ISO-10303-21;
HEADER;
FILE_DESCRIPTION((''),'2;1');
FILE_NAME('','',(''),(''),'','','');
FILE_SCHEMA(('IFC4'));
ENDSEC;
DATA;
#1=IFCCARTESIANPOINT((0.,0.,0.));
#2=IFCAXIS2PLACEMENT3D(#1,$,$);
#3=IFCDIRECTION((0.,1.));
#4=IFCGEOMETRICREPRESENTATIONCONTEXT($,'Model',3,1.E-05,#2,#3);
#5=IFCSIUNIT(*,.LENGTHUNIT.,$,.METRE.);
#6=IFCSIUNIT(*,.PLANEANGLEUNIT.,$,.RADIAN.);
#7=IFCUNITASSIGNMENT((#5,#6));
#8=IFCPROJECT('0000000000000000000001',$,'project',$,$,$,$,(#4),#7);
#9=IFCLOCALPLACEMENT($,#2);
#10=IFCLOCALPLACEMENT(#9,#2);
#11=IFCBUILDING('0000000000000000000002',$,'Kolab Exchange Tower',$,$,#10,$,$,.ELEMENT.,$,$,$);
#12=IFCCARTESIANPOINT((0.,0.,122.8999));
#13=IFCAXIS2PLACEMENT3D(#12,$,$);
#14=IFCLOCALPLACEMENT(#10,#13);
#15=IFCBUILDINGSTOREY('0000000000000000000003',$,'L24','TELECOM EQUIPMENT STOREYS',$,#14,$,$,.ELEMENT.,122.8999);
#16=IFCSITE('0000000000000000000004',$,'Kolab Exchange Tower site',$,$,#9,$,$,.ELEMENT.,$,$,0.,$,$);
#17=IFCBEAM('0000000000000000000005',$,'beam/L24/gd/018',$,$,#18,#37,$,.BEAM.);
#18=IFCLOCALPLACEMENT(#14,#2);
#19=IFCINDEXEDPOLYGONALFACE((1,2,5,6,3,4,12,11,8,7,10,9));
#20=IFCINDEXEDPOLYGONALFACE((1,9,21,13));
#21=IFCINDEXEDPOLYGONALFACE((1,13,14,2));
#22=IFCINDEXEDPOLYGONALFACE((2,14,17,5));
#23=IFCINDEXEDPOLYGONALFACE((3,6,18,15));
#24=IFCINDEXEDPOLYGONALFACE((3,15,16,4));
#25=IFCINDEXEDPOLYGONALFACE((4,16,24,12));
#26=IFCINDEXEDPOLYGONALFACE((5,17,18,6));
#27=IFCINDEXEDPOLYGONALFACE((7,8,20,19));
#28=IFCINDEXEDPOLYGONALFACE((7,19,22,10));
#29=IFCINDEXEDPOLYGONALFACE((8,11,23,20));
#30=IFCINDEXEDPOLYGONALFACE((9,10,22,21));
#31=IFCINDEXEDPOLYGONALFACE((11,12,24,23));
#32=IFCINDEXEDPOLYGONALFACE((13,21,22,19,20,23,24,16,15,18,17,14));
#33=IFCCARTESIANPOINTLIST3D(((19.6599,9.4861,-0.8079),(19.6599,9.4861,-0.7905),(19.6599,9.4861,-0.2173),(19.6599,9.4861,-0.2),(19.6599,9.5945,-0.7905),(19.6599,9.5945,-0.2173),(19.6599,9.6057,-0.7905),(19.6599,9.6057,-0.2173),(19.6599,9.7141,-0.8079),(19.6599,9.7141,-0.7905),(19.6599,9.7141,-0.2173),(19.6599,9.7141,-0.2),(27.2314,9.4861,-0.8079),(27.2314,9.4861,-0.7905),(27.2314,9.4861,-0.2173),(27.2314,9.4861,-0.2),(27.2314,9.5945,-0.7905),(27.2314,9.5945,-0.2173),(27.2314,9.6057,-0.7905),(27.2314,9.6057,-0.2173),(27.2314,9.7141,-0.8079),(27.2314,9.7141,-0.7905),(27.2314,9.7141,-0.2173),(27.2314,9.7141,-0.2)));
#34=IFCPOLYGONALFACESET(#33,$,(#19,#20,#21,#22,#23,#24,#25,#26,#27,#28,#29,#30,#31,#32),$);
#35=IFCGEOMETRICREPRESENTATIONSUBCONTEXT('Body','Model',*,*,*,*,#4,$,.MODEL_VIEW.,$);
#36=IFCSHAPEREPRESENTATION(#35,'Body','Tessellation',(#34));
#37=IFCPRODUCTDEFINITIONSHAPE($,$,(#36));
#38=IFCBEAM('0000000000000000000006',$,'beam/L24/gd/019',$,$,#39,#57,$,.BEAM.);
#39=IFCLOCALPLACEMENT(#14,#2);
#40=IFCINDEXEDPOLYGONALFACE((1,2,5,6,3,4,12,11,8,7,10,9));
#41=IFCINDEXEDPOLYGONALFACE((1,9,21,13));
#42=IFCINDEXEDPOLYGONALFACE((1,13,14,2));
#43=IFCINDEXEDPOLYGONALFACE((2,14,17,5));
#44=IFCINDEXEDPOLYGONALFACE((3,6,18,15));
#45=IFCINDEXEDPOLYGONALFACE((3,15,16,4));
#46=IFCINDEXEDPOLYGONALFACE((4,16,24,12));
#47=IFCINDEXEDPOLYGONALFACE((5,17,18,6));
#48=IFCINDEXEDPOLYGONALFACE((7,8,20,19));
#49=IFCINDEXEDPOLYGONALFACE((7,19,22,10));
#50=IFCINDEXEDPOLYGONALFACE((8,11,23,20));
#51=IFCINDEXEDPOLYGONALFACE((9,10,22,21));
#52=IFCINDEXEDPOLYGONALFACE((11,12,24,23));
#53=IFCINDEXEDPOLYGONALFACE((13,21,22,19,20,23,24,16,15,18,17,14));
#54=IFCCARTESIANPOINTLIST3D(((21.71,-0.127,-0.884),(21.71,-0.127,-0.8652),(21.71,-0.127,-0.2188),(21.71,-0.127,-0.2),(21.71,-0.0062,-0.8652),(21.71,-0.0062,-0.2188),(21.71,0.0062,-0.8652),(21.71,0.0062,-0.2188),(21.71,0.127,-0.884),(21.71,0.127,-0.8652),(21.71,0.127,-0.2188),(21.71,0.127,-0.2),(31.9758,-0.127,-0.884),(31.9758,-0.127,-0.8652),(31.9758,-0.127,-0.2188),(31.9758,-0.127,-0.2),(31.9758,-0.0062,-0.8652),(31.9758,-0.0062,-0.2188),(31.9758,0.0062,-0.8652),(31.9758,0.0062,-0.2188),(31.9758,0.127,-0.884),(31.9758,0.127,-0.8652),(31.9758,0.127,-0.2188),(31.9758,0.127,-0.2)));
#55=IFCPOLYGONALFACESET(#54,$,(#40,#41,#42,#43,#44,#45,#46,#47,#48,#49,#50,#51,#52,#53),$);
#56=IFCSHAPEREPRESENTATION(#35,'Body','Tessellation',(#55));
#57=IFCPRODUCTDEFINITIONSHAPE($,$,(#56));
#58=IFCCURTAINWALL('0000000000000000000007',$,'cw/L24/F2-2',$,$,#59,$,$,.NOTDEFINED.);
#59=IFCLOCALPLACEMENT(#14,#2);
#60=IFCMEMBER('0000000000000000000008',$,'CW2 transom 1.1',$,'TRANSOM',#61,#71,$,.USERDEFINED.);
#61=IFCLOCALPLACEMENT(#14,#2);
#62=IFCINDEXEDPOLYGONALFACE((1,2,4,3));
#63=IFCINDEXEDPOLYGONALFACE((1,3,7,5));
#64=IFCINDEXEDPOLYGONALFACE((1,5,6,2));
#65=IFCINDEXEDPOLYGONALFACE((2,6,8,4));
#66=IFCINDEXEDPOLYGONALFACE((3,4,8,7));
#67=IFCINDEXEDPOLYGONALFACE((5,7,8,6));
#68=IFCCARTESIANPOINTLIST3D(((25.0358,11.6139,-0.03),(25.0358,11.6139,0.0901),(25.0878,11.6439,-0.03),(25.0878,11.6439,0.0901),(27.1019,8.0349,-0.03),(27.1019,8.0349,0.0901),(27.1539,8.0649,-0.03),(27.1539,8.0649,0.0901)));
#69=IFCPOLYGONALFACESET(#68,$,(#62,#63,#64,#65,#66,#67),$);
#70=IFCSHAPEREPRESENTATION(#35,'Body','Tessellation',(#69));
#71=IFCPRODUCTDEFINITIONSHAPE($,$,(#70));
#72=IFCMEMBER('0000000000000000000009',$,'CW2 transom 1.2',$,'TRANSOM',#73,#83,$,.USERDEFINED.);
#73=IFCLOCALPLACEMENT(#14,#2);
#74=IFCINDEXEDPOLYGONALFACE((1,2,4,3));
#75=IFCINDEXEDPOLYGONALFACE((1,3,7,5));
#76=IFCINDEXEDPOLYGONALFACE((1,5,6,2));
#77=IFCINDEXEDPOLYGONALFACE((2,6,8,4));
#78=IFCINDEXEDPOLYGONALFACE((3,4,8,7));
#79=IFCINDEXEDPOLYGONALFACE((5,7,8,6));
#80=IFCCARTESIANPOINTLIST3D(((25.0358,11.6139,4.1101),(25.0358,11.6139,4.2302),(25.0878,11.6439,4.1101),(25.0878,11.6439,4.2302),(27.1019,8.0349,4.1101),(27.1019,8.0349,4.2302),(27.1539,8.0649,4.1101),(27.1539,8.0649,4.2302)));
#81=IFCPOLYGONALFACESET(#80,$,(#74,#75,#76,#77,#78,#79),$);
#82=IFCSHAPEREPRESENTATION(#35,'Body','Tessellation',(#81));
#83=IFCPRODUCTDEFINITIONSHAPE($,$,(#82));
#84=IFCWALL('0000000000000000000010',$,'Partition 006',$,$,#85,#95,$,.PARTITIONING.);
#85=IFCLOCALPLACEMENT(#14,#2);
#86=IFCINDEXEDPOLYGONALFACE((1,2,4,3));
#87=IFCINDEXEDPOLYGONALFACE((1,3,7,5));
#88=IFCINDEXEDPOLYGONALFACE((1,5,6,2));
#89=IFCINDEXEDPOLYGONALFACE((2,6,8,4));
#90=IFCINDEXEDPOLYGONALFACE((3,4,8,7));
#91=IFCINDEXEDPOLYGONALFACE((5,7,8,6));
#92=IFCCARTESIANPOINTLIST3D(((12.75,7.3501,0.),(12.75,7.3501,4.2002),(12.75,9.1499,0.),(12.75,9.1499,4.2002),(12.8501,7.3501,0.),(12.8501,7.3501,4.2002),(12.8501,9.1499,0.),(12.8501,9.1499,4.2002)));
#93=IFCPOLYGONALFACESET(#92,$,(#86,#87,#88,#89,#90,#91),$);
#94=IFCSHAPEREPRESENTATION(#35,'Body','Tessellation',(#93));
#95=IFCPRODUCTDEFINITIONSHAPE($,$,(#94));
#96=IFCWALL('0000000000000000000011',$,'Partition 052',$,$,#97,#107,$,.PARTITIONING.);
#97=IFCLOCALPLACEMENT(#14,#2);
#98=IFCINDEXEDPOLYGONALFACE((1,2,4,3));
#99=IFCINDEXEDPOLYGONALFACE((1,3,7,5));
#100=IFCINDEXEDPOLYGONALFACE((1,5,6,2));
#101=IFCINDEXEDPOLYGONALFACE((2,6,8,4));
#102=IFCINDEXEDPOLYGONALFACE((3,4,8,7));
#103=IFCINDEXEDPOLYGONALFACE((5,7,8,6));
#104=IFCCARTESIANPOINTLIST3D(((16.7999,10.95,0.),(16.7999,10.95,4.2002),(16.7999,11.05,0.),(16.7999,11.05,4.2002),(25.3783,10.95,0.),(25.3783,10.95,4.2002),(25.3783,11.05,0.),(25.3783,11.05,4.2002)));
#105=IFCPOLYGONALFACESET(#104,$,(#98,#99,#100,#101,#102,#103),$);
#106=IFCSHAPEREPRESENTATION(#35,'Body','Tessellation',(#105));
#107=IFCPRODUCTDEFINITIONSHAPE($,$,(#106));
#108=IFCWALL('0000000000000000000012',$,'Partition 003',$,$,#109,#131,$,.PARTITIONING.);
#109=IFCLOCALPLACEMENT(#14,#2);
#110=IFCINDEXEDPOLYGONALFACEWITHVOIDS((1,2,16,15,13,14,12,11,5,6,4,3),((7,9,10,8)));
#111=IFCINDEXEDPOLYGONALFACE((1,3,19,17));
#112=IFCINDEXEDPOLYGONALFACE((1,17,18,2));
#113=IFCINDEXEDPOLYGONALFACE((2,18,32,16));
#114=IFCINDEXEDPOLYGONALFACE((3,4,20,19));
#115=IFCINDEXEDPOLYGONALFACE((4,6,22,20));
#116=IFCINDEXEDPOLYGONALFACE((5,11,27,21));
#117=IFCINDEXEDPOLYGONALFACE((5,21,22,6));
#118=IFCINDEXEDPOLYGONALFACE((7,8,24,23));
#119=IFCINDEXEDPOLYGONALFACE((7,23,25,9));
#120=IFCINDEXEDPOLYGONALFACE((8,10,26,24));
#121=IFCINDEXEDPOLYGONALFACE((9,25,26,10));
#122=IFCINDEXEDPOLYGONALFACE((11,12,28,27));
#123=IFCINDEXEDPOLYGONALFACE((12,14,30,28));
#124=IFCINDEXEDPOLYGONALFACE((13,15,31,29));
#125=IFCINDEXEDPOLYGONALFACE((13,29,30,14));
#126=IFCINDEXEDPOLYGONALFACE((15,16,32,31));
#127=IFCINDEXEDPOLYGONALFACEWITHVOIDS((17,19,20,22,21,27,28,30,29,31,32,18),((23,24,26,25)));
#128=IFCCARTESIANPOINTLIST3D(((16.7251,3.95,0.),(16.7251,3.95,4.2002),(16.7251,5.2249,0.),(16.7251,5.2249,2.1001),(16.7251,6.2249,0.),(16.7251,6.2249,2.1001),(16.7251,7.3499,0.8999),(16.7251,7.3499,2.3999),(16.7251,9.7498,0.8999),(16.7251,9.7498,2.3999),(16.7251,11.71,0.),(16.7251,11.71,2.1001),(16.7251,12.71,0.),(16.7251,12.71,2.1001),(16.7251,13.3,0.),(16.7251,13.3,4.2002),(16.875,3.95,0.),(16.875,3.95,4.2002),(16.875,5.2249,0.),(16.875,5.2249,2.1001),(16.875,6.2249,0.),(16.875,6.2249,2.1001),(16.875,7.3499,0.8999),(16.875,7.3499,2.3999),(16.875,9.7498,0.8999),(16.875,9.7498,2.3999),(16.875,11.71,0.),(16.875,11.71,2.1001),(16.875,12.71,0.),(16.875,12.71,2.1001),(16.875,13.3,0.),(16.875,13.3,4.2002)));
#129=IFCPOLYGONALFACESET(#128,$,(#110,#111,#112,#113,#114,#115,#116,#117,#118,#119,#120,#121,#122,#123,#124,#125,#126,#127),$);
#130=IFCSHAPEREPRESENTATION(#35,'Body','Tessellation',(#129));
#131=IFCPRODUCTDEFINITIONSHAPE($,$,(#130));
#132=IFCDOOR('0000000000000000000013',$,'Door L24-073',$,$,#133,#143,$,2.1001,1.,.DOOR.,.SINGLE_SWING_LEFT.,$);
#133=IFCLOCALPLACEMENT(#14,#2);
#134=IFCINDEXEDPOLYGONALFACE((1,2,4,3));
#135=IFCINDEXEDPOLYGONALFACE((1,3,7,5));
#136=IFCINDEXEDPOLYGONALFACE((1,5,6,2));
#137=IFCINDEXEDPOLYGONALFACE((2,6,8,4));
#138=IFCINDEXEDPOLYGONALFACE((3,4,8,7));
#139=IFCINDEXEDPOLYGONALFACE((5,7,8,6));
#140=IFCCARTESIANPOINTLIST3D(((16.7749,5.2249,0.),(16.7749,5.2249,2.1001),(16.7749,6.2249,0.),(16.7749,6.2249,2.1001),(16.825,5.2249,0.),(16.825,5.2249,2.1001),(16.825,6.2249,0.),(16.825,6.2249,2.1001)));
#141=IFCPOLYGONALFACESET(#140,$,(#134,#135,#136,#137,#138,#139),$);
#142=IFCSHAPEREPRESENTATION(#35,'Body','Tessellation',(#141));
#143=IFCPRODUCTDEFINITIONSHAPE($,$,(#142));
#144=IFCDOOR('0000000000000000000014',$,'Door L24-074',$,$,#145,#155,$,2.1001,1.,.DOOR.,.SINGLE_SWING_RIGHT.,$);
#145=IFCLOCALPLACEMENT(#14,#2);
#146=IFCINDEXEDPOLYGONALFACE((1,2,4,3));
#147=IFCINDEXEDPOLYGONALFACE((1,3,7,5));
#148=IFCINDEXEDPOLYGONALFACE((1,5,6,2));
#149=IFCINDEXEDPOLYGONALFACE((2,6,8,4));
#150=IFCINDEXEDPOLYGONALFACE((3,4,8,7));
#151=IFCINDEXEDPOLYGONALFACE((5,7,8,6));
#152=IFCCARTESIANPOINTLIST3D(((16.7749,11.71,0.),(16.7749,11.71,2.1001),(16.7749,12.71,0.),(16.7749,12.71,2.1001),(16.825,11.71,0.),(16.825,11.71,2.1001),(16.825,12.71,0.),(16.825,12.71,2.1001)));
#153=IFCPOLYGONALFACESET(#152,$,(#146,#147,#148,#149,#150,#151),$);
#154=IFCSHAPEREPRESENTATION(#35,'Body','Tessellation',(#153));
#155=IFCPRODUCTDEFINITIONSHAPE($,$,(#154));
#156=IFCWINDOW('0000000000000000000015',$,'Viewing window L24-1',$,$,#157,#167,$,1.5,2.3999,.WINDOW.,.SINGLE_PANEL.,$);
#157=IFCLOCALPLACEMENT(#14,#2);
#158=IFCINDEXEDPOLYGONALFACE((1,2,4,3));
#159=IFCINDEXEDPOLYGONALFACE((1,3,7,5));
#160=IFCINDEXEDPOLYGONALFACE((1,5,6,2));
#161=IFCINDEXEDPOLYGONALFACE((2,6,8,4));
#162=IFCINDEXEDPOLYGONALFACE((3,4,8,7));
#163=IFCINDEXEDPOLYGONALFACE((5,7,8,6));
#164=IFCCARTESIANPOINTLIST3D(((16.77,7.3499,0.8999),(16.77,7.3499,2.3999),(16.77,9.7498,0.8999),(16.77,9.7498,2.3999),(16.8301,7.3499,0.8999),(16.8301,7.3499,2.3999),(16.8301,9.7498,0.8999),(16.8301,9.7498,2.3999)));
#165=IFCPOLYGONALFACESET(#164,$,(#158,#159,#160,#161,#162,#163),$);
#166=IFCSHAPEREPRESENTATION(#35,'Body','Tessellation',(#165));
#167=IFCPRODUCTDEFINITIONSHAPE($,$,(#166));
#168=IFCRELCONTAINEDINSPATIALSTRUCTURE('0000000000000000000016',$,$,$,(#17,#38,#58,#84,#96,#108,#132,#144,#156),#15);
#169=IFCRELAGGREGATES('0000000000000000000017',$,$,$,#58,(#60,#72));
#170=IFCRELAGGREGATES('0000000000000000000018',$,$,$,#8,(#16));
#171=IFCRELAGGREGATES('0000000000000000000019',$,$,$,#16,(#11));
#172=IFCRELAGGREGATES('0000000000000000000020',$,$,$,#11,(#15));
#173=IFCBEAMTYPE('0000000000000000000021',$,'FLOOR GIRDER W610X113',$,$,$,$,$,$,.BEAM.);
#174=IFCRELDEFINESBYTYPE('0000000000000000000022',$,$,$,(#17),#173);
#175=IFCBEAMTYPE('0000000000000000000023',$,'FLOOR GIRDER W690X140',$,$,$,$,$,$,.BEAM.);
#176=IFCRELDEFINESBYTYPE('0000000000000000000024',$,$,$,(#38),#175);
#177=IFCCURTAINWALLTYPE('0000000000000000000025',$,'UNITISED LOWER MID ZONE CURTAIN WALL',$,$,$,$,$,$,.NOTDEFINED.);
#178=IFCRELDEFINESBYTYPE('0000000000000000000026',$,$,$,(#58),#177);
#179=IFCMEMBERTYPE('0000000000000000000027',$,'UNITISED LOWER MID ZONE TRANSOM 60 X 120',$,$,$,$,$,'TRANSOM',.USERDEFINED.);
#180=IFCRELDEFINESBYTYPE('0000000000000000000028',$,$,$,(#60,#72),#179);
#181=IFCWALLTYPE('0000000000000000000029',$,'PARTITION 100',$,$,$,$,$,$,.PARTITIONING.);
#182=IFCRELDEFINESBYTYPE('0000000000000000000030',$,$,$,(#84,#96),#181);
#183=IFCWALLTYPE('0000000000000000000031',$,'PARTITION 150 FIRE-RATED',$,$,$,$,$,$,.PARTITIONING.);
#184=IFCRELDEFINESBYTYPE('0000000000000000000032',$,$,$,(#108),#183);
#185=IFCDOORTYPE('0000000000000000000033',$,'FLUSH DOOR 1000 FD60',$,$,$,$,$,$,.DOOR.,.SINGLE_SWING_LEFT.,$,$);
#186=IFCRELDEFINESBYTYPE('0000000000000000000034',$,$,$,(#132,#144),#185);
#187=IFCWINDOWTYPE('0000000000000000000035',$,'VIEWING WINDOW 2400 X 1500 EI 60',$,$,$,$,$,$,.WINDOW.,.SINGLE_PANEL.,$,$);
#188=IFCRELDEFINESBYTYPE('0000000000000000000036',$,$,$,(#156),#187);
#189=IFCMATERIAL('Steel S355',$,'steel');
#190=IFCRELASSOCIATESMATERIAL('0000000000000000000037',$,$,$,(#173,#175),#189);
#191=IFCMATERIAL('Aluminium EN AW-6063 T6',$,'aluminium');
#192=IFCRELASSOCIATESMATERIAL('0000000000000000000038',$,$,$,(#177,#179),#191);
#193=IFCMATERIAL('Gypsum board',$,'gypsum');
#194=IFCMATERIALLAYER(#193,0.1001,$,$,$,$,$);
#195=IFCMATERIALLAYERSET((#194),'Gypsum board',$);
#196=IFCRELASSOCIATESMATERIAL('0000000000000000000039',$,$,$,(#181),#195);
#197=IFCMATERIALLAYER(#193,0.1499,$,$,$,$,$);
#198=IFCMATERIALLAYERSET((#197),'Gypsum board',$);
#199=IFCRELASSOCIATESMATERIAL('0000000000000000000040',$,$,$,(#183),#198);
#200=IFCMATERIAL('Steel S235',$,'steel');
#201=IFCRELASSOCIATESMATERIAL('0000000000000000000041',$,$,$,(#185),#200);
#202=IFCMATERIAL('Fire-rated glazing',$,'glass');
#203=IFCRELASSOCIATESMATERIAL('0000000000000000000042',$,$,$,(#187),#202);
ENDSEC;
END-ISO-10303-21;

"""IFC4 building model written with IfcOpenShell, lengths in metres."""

from ifc_helpers import new_model, si_unit, direction, frame, frame_2d, origin, origin_2d, place, context, subcontext, project, spatial, rectangle, i_section, extrude, material, layer, layer_set, material_profile, profile_set, type_object, element, fill, aggregate, save


model = new_model("IFC4")

# Units and contexts
model_context = context("Model", 3, precision=1e-05, world=origin(), true_north=direction((0.0, 1.0)))
body_context = subcontext(model_context, "Body", "Model", "MODEL_VIEW")
ifc_project = project(units=[si_unit("LENGTHUNIT", "METRE"), si_unit("PLANEANGLEUNIT", "RADIAN")], contexts=[model_context])

# Site, building, storey
site_placement = place(None, origin())
site = spatial("IfcSite", under=ifc_project, at=site_placement, Name="Kolab Exchange Tower site", CompositionType="ELEMENT", RefElevation=0.0)
building_placement = place(site_placement, origin())
building = spatial("IfcBuilding", under=site, at=building_placement, Name="Kolab Exchange Tower", CompositionType="ELEMENT")
storey_placement = place(building_placement, frame((0.0, 0.0, 122.8999)))
storey = spatial("IfcBuildingStorey", under=building, at=storey_placement, Name="L24", Description="TELECOM EQUIPMENT STOREYS", CompositionType="ELEMENT", Elevation=122.8999)

# Beams
ifc_material_1 = material(Name="Steel S355", Category="steel")
ifc_material_profile_1 = material_profile(ifc_material_1, i_section(OverallWidth=0.228, OverallDepth=0.6079, WebThickness=0.0112, FlangeThickness=0.0173, at=origin_2d()), Name="W610X113")
ifc_profile_set_1 = profile_set([ifc_material_profile_1], Name="Steel S355")
beam_type_1 = type_object("IfcBeamType", Name="FLOOR GIRDER W610X113", PredefinedType="BEAM", material=ifc_profile_set_1)
beam_1_placement = place(storey_placement, frame((19.6599, 9.6001, -0.5039), z_axis=(1.0, 0.0, 0.0), x_axis=(0.0, 1.0, 0.0)))
element("IfcBeam", 1, at=beam_1_placement, inside=storey, type_object=beam_type_1, Name="beam/L24/gd/018", PredefinedType="BEAM", context=body_context, shape_type="SweptSolid", body=[
    extrude(i_section(OverallWidth=0.228, OverallDepth=0.6079, WebThickness=0.0112, FlangeThickness=0.0173, at=origin_2d()), origin(), (0.0, 0.0, 1.0), 7.5715),
])
ifc_material_profile_2 = material_profile(ifc_material_1, i_section(OverallWidth=0.2539, OverallDepth=0.6841, WebThickness=0.0125, FlangeThickness=0.0188, at=origin_2d()), Name="W690X140")
ifc_profile_set_2 = profile_set([ifc_material_profile_2], Name="Steel S355")
beam_type_2 = type_object("IfcBeamType", Name="FLOOR GIRDER W690X140", PredefinedType="BEAM", material=ifc_profile_set_2)
beam_2_placement = place(storey_placement, frame((21.71, 0.0, -0.542), z_axis=(1.0, 0.0, 0.0), x_axis=(0.0, 1.0, 0.0)))
element("IfcBeam", 2, at=beam_2_placement, inside=storey, type_object=beam_type_2, Name="beam/L24/gd/019", PredefinedType="BEAM", context=body_context, shape_type="SweptSolid", body=[
    extrude(i_section(OverallWidth=0.2539, OverallDepth=0.6841, WebThickness=0.0125, FlangeThickness=0.0188, at=origin_2d()), origin(), (0.0, 0.0, 1.0), 10.2659),
])

# Curtain wall, members
ifc_material_2 = material(Name="Aluminium EN AW-6063 T6", Category="aluminium")
curtain_wall_type = type_object("IfcCurtainWallType", Name="UNITISED LOWER MID ZONE CURTAIN WALL", PredefinedType="NOTDEFINED", material=ifc_material_2)
curtain_wall_placement = place(storey_placement, origin())
curtain_wall = element("IfcCurtainWall", 3, at=curtain_wall_placement, inside=storey, type_object=curtain_wall_type, Name="cw/L24/F2-2", PredefinedType="NOTDEFINED")
ifc_material_profile_3 = material_profile(ifc_material_2, rectangle(XDim=0.0601, YDim=0.1201, at=origin_2d()), Name="RECT 60X120")
ifc_profile_set_3 = profile_set([ifc_material_profile_3], Name="Aluminium EN AW-6063 T6")
member_type = type_object("IfcMemberType", Name="UNITISED LOWER MID ZONE TRANSOM 60 X 120", ElementType="TRANSOM", PredefinedType="USERDEFINED", material=ifc_profile_set_3)
member_1_placement = place(storey_placement, frame((25.0618, 11.6289, 0.03), z_axis=(0.499958, -0.86605, 0.0), x_axis=(0.86605, 0.499958, 0.0)))
member_1 = element("IfcMember", 4, at=member_1_placement, type_object=member_type, Name="CW2 transom 1.1", ObjectType="TRANSOM", PredefinedType="USERDEFINED", context=body_context, shape_type="SweptSolid", body=[
    extrude(rectangle(XDim=0.0601, YDim=0.1201, at=origin_2d()), origin(), (0.0, 0.0, 1.0), 4.1326),
])
member_2_placement = place(storey_placement, frame((25.0618, 11.6289, 4.1702), z_axis=(0.499958, -0.86605, 0.0), x_axis=(0.86605, 0.499958, 0.0)))
member_2 = element("IfcMember", 5, at=member_2_placement, type_object=member_type, Name="CW2 transom 1.2", ObjectType="TRANSOM", PredefinedType="USERDEFINED", context=body_context, shape_type="SweptSolid", body=[
    extrude(rectangle(XDim=0.0601, YDim=0.1201, at=origin_2d()), origin(), (0.0, 0.0, 1.0), 4.1326),
])
aggregate(curtain_wall, [member_1, member_2])

# Walls
ifc_material_3 = material(Name="Gypsum board", Category="gypsum")
ifc_layer_1 = layer(ifc_material_3, 0.1001)
ifc_layer_set_1 = layer_set([ifc_layer_1], Name="Gypsum board")
wall_type_1 = type_object("IfcWallType", Name="PARTITION 100", PredefinedType="PARTITIONING", material=ifc_layer_set_1)
wall_1_placement = place(storey_placement, frame((12.8, 7.3501, 0.0), z_axis=(0.0, 0.0, 1.0), x_axis=(0.0, 1.0, 0.0)))
element("IfcWall", 6, at=wall_1_placement, inside=storey, type_object=wall_type_1, Name="Partition 006", PredefinedType="PARTITIONING", context=body_context, shape_type="SweptSolid", body=[
    extrude(rectangle(XDim=1.7998, YDim=0.1001, at=frame_2d((0.8999, 0.0))), origin(), (0.0, 0.0, 1.0), 4.2002),
])
wall_2_placement = place(storey_placement, frame((16.8, 11.0, 0.0), z_axis=(0.0, 0.0, 1.0), x_axis=(1.0, 0.0, 0.0)))
element("IfcWall", 7, at=wall_2_placement, inside=storey, type_object=wall_type_1, Name="Partition 052", PredefinedType="PARTITIONING", context=body_context, shape_type="SweptSolid", body=[
    extrude(rectangle(XDim=8.5784, YDim=0.1001, at=frame_2d((4.2891, 0.0))), origin(), (0.0, 0.0, 1.0), 4.2002),
])

# Wall, openings, doors, window
ifc_layer_2 = layer(ifc_material_3, 0.1499)
ifc_layer_set_2 = layer_set([ifc_layer_2], Name="Gypsum board")
wall_type_2 = type_object("IfcWallType", Name="PARTITION 150 FIRE-RATED", PredefinedType="PARTITIONING", material=ifc_layer_set_2)
wall_3_placement = place(storey_placement, frame((16.8, 3.95, 0.0), z_axis=(0.0, 0.0, 1.0), x_axis=(0.0, 1.0, 0.0)))
wall_3 = element("IfcWall", 8, at=wall_3_placement, inside=storey, type_object=wall_type_2, Name="Partition 003", PredefinedType="PARTITIONING", context=body_context, shape_type="SweptSolid", body=[
    extrude(rectangle(XDim=9.3501, YDim=0.1499, at=frame_2d((4.675, 0.0))), origin(), (0.0, 0.0, 1.0), 4.2002),
])
opening_1_placement = place(wall_3_placement, frame((1.2749, 0.0, 0.0)))
opening_1 = element("IfcOpeningElement", 9, at=opening_1_placement, cuts=wall_3, PredefinedType="OPENING", context=body_context, shape_type="SweptSolid", body=[
    extrude(rectangle(XDim=1.0, YDim=2.1001, at=frame_2d((0.5, 1.05))), frame((0.0, 0.085, 0.0), z_axis=(0.0, -1.0, 0.0), x_axis=(1.0, 0.0, 0.0)), (0.0, 0.0, 1.0), 0.1699),
])
opening_2_placement = place(wall_3_placement, frame((7.76, 0.0, 0.0)))
opening_2 = element("IfcOpeningElement", 10, at=opening_2_placement, cuts=wall_3, PredefinedType="OPENING", context=body_context, shape_type="SweptSolid", body=[
    extrude(rectangle(XDim=1.0, YDim=2.1001, at=frame_2d((0.5, 1.05))), frame((0.0, 0.085, 0.0), z_axis=(0.0, -1.0, 0.0), x_axis=(1.0, 0.0, 0.0)), (0.0, 0.0, 1.0), 0.1699),
])
opening_3_placement = place(wall_3_placement, frame((3.3999, 0.0, 0.8999)))
opening_3 = element("IfcOpeningElement", 11, at=opening_3_placement, cuts=wall_3, PredefinedType="OPENING", context=body_context, shape_type="SweptSolid", body=[
    extrude(rectangle(XDim=2.3999, YDim=1.5, at=frame_2d((1.2, 0.75))), frame((0.0, 0.085, 0.0), z_axis=(0.0, -1.0, 0.0), x_axis=(1.0, 0.0, 0.0)), (0.0, 0.0, 1.0), 0.1699),
])
ifc_material_4 = material(Name="Steel S235", Category="steel")
door_type = type_object("IfcDoorType", Name="FLUSH DOOR 1000 FD60", OperationType="SINGLE_SWING_LEFT", PredefinedType="DOOR", material=ifc_material_4)
door_1_placement = place(opening_1_placement, frame((1.0, 0.0, 0.0), z_axis=(0.0, 0.0, 1.0), x_axis=(-1.0, 0.0, 0.0)))
door_1 = element("IfcDoor", 12, at=door_1_placement, inside=storey, type_object=door_type, Name="Door L24-073", OperationType="SINGLE_SWING_LEFT", OverallHeight=2.1001, OverallWidth=1.0, PredefinedType="DOOR", context=body_context, shape_type="SweptSolid", body=[
    extrude(rectangle(XDim=1.0, YDim=2.1001, at=frame_2d((0.5, 1.05))), frame((0.0, 0.0249, 0.0), z_axis=(0.0, -1.0, 0.0), x_axis=(1.0, 0.0, 0.0)), (0.0, 0.0, 1.0), 0.05),
])
fill(opening_1, door_1)
door_2_placement = place(opening_2_placement, frame((1.0, 0.0, 0.0), z_axis=(0.0, 0.0, 1.0), x_axis=(-1.0, 0.0, 0.0)))
door_2 = element("IfcDoor", 13, at=door_2_placement, inside=storey, type_object=door_type, Name="Door L24-074", OperationType="SINGLE_SWING_RIGHT", OverallHeight=2.1001, OverallWidth=1.0, PredefinedType="DOOR", context=body_context, shape_type="SweptSolid", body=[
    extrude(rectangle(XDim=1.0, YDim=2.1001, at=frame_2d((0.5, 1.05))), frame((0.0, 0.0249, 0.0), z_axis=(0.0, -1.0, 0.0), x_axis=(1.0, 0.0, 0.0)), (0.0, 0.0, 1.0), 0.05),
])
fill(opening_2, door_2)
ifc_material_5 = material(Name="Fire-rated glazing", Category="glass")
window_type = type_object("IfcWindowType", Name="VIEWING WINDOW 2400 X 1500 EI 60", PartitioningType="SINGLE_PANEL", PredefinedType="WINDOW", material=ifc_material_5)
window_placement = place(opening_3_placement, origin())
window = element("IfcWindow", 14, at=window_placement, inside=storey, type_object=window_type, Name="Viewing window L24-1", OverallHeight=1.5, OverallWidth=2.3999, PartitioningType="SINGLE_PANEL", PredefinedType="WINDOW", context=body_context, shape_type="SweptSolid", body=[
    extrude(rectangle(XDim=2.3999, YDim=1.5, at=frame_2d((1.2, 0.75))), frame((0.0, 0.03, 0.0), z_axis=(0.0, -1.0, 0.0), x_axis=(1.0, 0.0, 0.0)), (0.0, 0.0, 1.0), 0.0601),
])
fill(opening_3, window)

save(model, "model.ifc")
